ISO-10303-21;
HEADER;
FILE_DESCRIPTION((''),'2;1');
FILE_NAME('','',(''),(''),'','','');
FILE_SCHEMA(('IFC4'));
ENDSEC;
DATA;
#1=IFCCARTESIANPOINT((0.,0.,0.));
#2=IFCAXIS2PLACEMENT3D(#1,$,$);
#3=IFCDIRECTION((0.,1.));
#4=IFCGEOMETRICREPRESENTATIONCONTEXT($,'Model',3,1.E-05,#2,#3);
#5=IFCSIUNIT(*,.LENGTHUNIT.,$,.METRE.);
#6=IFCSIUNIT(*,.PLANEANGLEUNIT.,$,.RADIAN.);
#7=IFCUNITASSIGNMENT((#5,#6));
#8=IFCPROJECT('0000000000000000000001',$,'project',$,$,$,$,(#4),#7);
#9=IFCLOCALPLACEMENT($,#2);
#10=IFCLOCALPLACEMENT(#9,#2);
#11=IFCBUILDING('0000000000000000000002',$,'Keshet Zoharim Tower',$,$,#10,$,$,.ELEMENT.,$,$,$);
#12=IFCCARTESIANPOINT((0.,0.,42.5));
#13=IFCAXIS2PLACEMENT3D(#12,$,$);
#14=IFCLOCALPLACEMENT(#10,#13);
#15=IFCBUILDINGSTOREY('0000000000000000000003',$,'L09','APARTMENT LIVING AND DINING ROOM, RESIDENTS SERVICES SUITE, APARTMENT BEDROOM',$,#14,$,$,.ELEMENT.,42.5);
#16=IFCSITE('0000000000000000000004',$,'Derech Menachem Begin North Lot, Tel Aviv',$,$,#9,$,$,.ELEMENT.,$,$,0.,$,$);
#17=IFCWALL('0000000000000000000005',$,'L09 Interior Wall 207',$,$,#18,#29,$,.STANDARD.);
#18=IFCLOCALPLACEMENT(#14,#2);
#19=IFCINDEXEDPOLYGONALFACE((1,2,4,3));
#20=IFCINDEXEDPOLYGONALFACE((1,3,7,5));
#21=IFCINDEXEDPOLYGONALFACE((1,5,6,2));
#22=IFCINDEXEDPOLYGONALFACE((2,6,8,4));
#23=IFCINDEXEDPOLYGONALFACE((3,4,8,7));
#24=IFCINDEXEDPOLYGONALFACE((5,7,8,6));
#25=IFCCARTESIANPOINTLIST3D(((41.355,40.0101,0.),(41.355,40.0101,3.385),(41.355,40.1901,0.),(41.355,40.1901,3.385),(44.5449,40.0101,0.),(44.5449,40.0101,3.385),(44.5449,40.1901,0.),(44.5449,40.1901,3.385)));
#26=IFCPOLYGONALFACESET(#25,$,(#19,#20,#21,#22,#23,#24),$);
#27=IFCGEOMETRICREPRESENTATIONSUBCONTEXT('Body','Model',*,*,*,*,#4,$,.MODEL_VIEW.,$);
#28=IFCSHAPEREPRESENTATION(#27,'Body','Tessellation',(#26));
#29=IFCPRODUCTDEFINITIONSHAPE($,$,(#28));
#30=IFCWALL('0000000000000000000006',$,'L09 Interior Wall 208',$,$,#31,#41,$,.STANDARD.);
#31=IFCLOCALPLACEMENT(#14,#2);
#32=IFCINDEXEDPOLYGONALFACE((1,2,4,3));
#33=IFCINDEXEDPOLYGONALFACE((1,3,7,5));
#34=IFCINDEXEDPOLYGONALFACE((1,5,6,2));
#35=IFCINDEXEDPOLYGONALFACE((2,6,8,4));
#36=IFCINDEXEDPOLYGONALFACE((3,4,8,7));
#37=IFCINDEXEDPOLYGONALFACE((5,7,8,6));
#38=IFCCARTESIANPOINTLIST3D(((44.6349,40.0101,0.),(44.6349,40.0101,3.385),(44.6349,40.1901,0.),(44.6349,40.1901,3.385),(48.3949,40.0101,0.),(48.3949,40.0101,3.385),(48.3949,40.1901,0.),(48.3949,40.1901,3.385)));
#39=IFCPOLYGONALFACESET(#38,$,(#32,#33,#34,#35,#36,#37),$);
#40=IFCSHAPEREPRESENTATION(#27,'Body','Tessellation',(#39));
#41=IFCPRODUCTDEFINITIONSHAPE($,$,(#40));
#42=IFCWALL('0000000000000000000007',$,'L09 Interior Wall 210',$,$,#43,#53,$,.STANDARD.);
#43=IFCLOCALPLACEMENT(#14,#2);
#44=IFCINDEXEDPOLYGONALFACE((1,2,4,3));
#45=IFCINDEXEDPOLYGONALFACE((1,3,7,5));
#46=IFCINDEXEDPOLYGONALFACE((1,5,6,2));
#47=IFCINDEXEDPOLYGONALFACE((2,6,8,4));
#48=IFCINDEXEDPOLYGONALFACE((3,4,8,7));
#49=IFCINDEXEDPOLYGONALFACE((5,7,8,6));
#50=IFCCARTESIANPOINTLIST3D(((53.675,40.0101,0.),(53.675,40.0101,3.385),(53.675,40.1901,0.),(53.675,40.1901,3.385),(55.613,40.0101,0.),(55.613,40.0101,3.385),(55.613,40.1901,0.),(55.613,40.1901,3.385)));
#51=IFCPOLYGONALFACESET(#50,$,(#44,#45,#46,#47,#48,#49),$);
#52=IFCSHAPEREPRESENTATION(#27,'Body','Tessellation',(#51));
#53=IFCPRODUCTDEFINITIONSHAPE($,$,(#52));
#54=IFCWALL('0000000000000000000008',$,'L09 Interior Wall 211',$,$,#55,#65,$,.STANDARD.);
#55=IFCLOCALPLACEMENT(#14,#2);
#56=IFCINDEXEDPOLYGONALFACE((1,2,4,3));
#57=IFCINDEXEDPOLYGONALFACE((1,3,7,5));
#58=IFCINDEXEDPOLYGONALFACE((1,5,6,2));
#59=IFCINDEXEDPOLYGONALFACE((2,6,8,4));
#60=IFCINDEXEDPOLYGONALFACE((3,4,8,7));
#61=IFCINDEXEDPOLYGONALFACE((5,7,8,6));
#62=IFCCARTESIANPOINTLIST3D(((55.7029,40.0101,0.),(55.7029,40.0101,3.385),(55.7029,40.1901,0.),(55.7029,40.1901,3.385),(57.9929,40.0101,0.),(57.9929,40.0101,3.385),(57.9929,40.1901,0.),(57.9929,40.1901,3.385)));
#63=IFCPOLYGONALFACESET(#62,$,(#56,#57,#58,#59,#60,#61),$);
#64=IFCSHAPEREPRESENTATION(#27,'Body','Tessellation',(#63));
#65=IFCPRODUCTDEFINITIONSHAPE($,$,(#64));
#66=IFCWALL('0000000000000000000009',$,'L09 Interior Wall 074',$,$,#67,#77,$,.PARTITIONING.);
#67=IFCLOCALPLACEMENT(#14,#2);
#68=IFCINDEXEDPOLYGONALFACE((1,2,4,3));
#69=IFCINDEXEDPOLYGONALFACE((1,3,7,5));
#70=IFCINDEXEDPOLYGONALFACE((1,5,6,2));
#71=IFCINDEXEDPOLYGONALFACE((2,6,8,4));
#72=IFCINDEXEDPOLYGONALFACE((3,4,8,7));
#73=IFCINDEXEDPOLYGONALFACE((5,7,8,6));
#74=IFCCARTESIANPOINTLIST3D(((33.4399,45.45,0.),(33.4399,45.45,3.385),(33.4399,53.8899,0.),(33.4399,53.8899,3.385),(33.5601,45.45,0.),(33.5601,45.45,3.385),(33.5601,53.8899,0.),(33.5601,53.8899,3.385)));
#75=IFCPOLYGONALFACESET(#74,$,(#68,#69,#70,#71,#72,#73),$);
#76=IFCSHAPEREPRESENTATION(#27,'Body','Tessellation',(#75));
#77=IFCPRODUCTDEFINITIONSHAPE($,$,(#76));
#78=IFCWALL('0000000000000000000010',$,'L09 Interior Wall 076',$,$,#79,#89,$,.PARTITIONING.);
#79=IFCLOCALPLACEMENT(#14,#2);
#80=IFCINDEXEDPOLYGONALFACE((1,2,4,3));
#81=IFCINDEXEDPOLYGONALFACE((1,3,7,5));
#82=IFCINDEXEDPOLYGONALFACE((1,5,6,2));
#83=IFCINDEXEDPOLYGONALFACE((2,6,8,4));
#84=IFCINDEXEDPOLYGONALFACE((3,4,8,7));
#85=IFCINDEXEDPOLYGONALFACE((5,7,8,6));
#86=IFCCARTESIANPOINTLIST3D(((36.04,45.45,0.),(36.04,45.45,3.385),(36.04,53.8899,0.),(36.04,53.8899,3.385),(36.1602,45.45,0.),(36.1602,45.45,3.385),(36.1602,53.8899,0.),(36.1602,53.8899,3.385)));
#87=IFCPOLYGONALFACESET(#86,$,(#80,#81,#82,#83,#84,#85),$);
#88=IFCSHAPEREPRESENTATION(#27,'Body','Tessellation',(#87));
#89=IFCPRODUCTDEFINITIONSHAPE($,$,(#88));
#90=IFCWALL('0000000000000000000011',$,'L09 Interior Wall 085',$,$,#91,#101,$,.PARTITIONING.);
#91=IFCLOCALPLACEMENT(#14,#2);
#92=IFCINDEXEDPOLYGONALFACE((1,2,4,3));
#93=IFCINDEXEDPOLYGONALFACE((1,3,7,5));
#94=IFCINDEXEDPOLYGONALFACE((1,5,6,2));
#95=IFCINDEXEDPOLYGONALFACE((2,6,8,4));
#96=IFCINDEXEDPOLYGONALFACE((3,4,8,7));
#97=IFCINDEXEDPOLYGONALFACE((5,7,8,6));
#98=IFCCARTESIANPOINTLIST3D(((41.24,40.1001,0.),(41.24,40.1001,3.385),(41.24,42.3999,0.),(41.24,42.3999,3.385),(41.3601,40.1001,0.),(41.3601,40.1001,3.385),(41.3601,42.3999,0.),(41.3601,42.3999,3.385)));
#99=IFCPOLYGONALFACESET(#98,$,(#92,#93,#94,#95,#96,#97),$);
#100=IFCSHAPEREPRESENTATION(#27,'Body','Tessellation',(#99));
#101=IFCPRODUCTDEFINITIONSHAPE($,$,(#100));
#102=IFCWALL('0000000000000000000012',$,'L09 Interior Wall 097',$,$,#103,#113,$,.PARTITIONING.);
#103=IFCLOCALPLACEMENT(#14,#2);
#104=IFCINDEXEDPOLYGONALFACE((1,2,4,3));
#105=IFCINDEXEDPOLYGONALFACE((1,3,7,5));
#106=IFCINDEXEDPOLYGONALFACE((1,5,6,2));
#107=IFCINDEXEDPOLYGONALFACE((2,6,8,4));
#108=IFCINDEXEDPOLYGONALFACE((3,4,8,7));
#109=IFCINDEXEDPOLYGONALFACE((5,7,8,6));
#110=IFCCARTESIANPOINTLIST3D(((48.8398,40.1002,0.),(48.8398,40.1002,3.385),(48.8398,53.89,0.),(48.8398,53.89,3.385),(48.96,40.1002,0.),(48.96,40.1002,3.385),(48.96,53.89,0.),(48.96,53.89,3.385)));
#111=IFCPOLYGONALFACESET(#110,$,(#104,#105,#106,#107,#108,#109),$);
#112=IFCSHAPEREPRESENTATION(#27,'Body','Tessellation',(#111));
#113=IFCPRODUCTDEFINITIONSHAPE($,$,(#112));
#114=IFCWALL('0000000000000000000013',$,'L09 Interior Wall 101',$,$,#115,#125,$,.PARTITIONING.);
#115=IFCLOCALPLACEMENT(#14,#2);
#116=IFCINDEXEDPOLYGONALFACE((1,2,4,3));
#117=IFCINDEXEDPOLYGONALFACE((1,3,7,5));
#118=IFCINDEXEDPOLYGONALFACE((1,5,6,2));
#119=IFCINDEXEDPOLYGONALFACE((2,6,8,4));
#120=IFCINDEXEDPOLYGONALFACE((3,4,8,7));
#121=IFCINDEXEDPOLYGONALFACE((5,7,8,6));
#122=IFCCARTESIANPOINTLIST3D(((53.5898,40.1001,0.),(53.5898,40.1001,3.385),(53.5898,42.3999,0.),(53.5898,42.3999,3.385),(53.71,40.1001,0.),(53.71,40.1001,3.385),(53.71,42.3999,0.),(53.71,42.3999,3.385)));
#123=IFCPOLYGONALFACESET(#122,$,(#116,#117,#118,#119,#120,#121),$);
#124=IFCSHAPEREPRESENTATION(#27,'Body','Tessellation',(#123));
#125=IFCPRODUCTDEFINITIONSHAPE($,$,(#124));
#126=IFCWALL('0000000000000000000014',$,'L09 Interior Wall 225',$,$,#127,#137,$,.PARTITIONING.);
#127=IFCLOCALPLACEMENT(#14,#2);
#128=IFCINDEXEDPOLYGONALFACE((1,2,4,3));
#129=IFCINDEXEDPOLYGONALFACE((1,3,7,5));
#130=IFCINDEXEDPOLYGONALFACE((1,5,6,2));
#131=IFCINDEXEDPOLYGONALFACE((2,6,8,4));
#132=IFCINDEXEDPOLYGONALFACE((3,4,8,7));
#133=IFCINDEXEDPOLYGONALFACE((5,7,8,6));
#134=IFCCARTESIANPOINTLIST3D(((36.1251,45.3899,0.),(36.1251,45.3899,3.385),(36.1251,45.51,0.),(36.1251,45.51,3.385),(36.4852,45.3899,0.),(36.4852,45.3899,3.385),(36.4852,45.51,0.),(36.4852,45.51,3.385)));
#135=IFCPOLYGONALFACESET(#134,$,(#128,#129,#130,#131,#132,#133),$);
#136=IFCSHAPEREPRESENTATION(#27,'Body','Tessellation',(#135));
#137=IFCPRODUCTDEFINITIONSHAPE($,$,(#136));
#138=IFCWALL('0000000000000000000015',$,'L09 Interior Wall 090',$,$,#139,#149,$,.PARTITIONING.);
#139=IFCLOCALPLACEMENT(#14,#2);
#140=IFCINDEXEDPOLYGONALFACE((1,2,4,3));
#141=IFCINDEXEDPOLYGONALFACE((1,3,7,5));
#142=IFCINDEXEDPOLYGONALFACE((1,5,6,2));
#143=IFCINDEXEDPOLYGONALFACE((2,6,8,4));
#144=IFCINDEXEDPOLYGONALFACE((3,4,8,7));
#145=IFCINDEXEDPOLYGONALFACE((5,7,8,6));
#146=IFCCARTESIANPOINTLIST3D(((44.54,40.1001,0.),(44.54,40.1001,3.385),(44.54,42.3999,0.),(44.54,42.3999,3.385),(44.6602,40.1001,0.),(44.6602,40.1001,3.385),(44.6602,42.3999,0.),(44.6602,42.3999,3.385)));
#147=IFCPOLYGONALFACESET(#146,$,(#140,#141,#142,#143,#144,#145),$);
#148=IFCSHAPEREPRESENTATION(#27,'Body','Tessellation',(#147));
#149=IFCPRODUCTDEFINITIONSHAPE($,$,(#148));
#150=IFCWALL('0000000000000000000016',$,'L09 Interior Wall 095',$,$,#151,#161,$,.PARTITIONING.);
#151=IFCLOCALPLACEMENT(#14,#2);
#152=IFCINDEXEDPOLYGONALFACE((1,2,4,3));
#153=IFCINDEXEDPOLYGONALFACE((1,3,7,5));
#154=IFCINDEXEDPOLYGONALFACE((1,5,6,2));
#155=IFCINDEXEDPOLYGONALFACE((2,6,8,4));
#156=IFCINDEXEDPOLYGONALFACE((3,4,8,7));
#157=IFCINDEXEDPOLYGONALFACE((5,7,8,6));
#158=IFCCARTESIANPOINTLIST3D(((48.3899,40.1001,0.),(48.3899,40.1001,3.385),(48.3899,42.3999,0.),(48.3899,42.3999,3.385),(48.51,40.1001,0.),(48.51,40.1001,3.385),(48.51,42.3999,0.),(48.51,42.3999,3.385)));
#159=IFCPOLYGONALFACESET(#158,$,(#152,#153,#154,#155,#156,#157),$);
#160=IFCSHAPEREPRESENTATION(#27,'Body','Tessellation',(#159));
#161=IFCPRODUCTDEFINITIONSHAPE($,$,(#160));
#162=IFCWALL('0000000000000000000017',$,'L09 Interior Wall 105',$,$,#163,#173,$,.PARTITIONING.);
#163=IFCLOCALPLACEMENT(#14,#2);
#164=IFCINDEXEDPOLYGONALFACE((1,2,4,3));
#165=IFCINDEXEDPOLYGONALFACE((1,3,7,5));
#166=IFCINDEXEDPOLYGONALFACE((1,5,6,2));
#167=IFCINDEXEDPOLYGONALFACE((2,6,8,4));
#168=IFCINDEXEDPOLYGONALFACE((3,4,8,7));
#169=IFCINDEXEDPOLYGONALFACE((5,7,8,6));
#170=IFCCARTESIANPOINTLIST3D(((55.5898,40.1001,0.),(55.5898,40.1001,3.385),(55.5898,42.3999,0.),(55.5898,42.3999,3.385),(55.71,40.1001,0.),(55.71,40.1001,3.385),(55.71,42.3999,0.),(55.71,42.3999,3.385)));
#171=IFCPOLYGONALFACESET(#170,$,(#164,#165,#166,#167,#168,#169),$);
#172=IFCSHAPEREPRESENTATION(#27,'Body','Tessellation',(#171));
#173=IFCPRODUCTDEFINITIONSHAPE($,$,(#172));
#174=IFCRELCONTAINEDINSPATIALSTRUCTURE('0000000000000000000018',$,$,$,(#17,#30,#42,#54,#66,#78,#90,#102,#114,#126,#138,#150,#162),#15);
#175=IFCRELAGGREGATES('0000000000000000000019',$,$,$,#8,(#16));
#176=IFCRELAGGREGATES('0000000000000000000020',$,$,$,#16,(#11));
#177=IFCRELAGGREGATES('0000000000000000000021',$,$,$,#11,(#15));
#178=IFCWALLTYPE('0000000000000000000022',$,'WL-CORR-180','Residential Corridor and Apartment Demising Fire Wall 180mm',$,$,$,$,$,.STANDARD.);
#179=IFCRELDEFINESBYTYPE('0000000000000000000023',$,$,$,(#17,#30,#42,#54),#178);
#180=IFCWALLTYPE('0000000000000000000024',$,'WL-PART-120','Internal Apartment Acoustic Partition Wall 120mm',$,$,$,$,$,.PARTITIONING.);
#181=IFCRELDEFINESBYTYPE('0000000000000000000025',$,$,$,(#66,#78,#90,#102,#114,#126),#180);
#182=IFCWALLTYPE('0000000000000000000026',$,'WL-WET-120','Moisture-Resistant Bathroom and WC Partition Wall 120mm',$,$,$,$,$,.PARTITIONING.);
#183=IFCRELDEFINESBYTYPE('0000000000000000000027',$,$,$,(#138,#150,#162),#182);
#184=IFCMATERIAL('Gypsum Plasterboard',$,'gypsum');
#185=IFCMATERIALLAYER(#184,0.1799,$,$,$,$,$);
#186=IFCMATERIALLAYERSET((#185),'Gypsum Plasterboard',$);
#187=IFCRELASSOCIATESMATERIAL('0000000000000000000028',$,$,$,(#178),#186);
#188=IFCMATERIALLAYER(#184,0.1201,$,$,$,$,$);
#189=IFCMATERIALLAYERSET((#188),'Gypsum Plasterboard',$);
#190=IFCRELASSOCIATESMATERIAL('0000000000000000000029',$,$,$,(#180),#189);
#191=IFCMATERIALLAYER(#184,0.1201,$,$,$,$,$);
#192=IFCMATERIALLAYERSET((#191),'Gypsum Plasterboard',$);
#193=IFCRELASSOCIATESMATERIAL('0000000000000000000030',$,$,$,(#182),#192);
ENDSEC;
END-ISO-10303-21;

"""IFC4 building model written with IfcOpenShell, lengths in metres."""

from ifc_helpers import new_model, si_unit, direction, frame, frame_2d, origin, place, context, subcontext, project, spatial, rectangle, extrude, material, layer, layer_set, type_object, element, save


model = new_model("IFC4")

# Units and contexts
model_context = context("Model", 3, precision=1e-05, world=origin(), true_north=direction((0.0, 1.0)))
body_context = subcontext(model_context, "Body", "Model", "MODEL_VIEW")
ifc_project = project(units=[si_unit("LENGTHUNIT", "METRE"), si_unit("PLANEANGLEUNIT", "RADIAN")], contexts=[model_context])

# Site, building, storey
site_placement = place(None, origin())
site = spatial("IfcSite", under=ifc_project, at=site_placement, Name="Derech Menachem Begin North Lot, Tel Aviv", CompositionType="ELEMENT", RefElevation=0.0)
building_placement = place(site_placement, origin())
building = spatial("IfcBuilding", under=site, at=building_placement, Name="Keshet Zoharim Tower", CompositionType="ELEMENT")
storey_placement = place(building_placement, frame((0.0, 0.0, 42.5)))
storey = spatial("IfcBuildingStorey", under=building, at=storey_placement, Name="L09", Description="APARTMENT LIVING AND DINING ROOM, RESIDENTS SERVICES SUITE, APARTMENT BEDROOM", CompositionType="ELEMENT", Elevation=42.5)

# Walls
ifc_material_1 = material(Name="Gypsum Plasterboard", Category="gypsum")
ifc_layer_1 = layer(ifc_material_1, 0.1799)
ifc_layer_set_1 = layer_set([ifc_layer_1], Name="Gypsum Plasterboard")
wall_type_1 = type_object("IfcWallType", Name="WL-CORR-180", Description="Residential Corridor and Apartment Demising Fire Wall 180mm", PredefinedType="STANDARD", material=ifc_layer_set_1)
wall_1_placement = place(storey_placement, frame((41.355, 40.1001, 0.0), z_axis=(0.0, 0.0, 1.0), x_axis=(1.0, 0.0, 0.0)))
element("IfcWall", 1, at=wall_1_placement, inside=storey, type_object=wall_type_1, Name="L09 Interior Wall 207", PredefinedType="STANDARD", context=body_context, shape_type="SweptSolid", body=[
    extrude(rectangle(XDim=3.1899, YDim=0.1799, at=frame_2d((1.595, 0.0))), origin(), (0.0, 0.0, 1.0), 3.385),
])
wall_2_placement = place(storey_placement, frame((44.635, 40.1001, 0.0), z_axis=(0.0, 0.0, 1.0), x_axis=(1.0, 0.0, 0.0)))
element("IfcWall", 2, at=wall_2_placement, inside=storey, type_object=wall_type_1, Name="L09 Interior Wall 208", PredefinedType="STANDARD", context=body_context, shape_type="SweptSolid", body=[
    extrude(rectangle(XDim=3.76, YDim=0.1799, at=frame_2d((1.8799, 0.0))), origin(), (0.0, 0.0, 1.0), 3.385),
])

# Walls
wall_3_placement = place(storey_placement, frame((53.675, 40.1001, 0.0), z_axis=(0.0, 0.0, 1.0), x_axis=(1.0, 0.0, 0.0)))
element("IfcWall", 3, at=wall_3_placement, inside=storey, type_object=wall_type_1, Name="L09 Interior Wall 210", PredefinedType="STANDARD", context=body_context, shape_type="SweptSolid", body=[
    extrude(rectangle(XDim=1.938, YDim=0.1799, at=frame_2d((0.969, 0.0))), origin(), (0.0, 0.0, 1.0), 3.385),
])
wall_4_placement = place(storey_placement, frame((55.7029, 40.1001, 0.0), z_axis=(0.0, 0.0, 1.0), x_axis=(1.0, 0.0, 0.0)))
element("IfcWall", 4, at=wall_4_placement, inside=storey, type_object=wall_type_1, Name="L09 Interior Wall 211", PredefinedType="STANDARD", context=body_context, shape_type="SweptSolid", body=[
    extrude(rectangle(XDim=2.29, YDim=0.1799, at=frame_2d((1.145, 0.0))), origin(), (0.0, 0.0, 1.0), 3.385),
])
ifc_layer_2 = layer(ifc_material_1, 0.1201)
ifc_layer_set_2 = layer_set([ifc_layer_2], Name="Gypsum Plasterboard")
wall_type_2 = type_object("IfcWallType", Name="WL-PART-120", Description="Internal Apartment Acoustic Partition Wall 120mm", PredefinedType="PARTITIONING", material=ifc_layer_set_2)
for number, where, z_axis, x_axis, name in (
    (5, (33.5, 45.45, 0.0), (0.0, 0.0, 1.0), (0.0, 1.0, 0.0), "L09 Interior Wall 074"),
    (6, (36.1001, 45.45, 0.0), (0.0, 0.0, 1.0), (0.0, 1.0, 0.0), "L09 Interior Wall 076"),
):
    element("IfcWall", number, at=place(storey_placement, frame(where, z_axis=z_axis, x_axis=x_axis)), inside=storey, type_object=wall_type_2, Name=name, PredefinedType="PARTITIONING", context=body_context, shape_type="SweptSolid", body=[
        extrude(rectangle(XDim=8.4399, YDim=0.1201, at=frame_2d((4.22, 0.0))), origin(), (0.0, 0.0, 1.0), 3.385),
    ])
wall_5_placement = place(storey_placement, frame((41.3, 40.1001, 0.0), z_axis=(0.0, 0.0, 1.0), x_axis=(0.0, 1.0, 0.0)))
element("IfcWall", 7, at=wall_5_placement, inside=storey, type_object=wall_type_2, Name="L09 Interior Wall 085", PredefinedType="PARTITIONING", context=body_context, shape_type="SweptSolid", body=[
    extrude(rectangle(XDim=2.2998, YDim=0.1201, at=frame_2d((1.1499, 0.0))), origin(), (0.0, 0.0, 1.0), 3.385),
])
wall_6_placement = place(storey_placement, frame((48.8999, 40.1001, 0.0), z_axis=(0.0, 0.0, 1.0), x_axis=(0.0, 1.0, 0.0)))
element("IfcWall", 8, at=wall_6_placement, inside=storey, type_object=wall_type_2, Name="L09 Interior Wall 097", PredefinedType="PARTITIONING", context=body_context, shape_type="SweptSolid", body=[
    extrude(rectangle(XDim=13.7898, YDim=0.1201, at=frame_2d((6.895, 0.0))), origin(), (0.0, 0.0, 1.0), 3.385),
])
wall_7_placement = place(storey_placement, frame((53.6499, 40.1001, 0.0), z_axis=(0.0, 0.0, 1.0), x_axis=(0.0, 1.0, 0.0)))
element("IfcWall", 9, at=wall_7_placement, inside=storey, type_object=wall_type_2, Name="L09 Interior Wall 101", PredefinedType="PARTITIONING", context=body_context, shape_type="SweptSolid", body=[
    extrude(rectangle(XDim=2.2998, YDim=0.1201, at=frame_2d((1.1499, 0.0))), origin(), (0.0, 0.0, 1.0), 3.385),
])

# Walls
wall_8_placement = place(storey_placement, frame((36.125, 45.45, 0.0), z_axis=(0.0, 0.0, 1.0), x_axis=(1.0, 0.0, 0.0)))
element("IfcWall", 10, at=wall_8_placement, inside=storey, type_object=wall_type_2, Name="L09 Interior Wall 225", PredefinedType="PARTITIONING", context=body_context, shape_type="SweptSolid", body=[
    extrude(rectangle(XDim=0.3601, YDim=0.1201, at=frame_2d((0.1802, 0.0))), origin(), (0.0, 0.0, 1.0), 3.385),
])
ifc_layer_3 = layer(ifc_material_1, 0.1201)
ifc_layer_set_3 = layer_set([ifc_layer_3], Name="Gypsum Plasterboard")
wall_type_3 = type_object("IfcWallType", Name="WL-WET-120", Description="Moisture-Resistant Bathroom and WC Partition Wall 120mm", PredefinedType="PARTITIONING", material=ifc_layer_set_3)
for number, where, z_axis, x_axis, name in (
    (11, (44.6001, 40.1001, 0.0), (0.0, 0.0, 1.0), (0.0, 1.0, 0.0), "L09 Interior Wall 090"),
    (12, (48.45, 40.1001, 0.0), (0.0, 0.0, 1.0), (0.0, 1.0, 0.0), "L09 Interior Wall 095"),
    (13, (55.6499, 40.1001, 0.0), (0.0, 0.0, 1.0), (0.0, 1.0, 0.0), "L09 Interior Wall 105"),
):
    element("IfcWall", number, at=place(storey_placement, frame(where, z_axis=z_axis, x_axis=x_axis)), inside=storey, type_object=wall_type_3, Name=name, PredefinedType="PARTITIONING", context=body_context, shape_type="SweptSolid", body=[
        extrude(rectangle(XDim=2.2998, YDim=0.1201, at=frame_2d((1.1499, 0.0))), origin(), (0.0, 0.0, 1.0), 3.385),
    ])

save(model, "model.ifc")
